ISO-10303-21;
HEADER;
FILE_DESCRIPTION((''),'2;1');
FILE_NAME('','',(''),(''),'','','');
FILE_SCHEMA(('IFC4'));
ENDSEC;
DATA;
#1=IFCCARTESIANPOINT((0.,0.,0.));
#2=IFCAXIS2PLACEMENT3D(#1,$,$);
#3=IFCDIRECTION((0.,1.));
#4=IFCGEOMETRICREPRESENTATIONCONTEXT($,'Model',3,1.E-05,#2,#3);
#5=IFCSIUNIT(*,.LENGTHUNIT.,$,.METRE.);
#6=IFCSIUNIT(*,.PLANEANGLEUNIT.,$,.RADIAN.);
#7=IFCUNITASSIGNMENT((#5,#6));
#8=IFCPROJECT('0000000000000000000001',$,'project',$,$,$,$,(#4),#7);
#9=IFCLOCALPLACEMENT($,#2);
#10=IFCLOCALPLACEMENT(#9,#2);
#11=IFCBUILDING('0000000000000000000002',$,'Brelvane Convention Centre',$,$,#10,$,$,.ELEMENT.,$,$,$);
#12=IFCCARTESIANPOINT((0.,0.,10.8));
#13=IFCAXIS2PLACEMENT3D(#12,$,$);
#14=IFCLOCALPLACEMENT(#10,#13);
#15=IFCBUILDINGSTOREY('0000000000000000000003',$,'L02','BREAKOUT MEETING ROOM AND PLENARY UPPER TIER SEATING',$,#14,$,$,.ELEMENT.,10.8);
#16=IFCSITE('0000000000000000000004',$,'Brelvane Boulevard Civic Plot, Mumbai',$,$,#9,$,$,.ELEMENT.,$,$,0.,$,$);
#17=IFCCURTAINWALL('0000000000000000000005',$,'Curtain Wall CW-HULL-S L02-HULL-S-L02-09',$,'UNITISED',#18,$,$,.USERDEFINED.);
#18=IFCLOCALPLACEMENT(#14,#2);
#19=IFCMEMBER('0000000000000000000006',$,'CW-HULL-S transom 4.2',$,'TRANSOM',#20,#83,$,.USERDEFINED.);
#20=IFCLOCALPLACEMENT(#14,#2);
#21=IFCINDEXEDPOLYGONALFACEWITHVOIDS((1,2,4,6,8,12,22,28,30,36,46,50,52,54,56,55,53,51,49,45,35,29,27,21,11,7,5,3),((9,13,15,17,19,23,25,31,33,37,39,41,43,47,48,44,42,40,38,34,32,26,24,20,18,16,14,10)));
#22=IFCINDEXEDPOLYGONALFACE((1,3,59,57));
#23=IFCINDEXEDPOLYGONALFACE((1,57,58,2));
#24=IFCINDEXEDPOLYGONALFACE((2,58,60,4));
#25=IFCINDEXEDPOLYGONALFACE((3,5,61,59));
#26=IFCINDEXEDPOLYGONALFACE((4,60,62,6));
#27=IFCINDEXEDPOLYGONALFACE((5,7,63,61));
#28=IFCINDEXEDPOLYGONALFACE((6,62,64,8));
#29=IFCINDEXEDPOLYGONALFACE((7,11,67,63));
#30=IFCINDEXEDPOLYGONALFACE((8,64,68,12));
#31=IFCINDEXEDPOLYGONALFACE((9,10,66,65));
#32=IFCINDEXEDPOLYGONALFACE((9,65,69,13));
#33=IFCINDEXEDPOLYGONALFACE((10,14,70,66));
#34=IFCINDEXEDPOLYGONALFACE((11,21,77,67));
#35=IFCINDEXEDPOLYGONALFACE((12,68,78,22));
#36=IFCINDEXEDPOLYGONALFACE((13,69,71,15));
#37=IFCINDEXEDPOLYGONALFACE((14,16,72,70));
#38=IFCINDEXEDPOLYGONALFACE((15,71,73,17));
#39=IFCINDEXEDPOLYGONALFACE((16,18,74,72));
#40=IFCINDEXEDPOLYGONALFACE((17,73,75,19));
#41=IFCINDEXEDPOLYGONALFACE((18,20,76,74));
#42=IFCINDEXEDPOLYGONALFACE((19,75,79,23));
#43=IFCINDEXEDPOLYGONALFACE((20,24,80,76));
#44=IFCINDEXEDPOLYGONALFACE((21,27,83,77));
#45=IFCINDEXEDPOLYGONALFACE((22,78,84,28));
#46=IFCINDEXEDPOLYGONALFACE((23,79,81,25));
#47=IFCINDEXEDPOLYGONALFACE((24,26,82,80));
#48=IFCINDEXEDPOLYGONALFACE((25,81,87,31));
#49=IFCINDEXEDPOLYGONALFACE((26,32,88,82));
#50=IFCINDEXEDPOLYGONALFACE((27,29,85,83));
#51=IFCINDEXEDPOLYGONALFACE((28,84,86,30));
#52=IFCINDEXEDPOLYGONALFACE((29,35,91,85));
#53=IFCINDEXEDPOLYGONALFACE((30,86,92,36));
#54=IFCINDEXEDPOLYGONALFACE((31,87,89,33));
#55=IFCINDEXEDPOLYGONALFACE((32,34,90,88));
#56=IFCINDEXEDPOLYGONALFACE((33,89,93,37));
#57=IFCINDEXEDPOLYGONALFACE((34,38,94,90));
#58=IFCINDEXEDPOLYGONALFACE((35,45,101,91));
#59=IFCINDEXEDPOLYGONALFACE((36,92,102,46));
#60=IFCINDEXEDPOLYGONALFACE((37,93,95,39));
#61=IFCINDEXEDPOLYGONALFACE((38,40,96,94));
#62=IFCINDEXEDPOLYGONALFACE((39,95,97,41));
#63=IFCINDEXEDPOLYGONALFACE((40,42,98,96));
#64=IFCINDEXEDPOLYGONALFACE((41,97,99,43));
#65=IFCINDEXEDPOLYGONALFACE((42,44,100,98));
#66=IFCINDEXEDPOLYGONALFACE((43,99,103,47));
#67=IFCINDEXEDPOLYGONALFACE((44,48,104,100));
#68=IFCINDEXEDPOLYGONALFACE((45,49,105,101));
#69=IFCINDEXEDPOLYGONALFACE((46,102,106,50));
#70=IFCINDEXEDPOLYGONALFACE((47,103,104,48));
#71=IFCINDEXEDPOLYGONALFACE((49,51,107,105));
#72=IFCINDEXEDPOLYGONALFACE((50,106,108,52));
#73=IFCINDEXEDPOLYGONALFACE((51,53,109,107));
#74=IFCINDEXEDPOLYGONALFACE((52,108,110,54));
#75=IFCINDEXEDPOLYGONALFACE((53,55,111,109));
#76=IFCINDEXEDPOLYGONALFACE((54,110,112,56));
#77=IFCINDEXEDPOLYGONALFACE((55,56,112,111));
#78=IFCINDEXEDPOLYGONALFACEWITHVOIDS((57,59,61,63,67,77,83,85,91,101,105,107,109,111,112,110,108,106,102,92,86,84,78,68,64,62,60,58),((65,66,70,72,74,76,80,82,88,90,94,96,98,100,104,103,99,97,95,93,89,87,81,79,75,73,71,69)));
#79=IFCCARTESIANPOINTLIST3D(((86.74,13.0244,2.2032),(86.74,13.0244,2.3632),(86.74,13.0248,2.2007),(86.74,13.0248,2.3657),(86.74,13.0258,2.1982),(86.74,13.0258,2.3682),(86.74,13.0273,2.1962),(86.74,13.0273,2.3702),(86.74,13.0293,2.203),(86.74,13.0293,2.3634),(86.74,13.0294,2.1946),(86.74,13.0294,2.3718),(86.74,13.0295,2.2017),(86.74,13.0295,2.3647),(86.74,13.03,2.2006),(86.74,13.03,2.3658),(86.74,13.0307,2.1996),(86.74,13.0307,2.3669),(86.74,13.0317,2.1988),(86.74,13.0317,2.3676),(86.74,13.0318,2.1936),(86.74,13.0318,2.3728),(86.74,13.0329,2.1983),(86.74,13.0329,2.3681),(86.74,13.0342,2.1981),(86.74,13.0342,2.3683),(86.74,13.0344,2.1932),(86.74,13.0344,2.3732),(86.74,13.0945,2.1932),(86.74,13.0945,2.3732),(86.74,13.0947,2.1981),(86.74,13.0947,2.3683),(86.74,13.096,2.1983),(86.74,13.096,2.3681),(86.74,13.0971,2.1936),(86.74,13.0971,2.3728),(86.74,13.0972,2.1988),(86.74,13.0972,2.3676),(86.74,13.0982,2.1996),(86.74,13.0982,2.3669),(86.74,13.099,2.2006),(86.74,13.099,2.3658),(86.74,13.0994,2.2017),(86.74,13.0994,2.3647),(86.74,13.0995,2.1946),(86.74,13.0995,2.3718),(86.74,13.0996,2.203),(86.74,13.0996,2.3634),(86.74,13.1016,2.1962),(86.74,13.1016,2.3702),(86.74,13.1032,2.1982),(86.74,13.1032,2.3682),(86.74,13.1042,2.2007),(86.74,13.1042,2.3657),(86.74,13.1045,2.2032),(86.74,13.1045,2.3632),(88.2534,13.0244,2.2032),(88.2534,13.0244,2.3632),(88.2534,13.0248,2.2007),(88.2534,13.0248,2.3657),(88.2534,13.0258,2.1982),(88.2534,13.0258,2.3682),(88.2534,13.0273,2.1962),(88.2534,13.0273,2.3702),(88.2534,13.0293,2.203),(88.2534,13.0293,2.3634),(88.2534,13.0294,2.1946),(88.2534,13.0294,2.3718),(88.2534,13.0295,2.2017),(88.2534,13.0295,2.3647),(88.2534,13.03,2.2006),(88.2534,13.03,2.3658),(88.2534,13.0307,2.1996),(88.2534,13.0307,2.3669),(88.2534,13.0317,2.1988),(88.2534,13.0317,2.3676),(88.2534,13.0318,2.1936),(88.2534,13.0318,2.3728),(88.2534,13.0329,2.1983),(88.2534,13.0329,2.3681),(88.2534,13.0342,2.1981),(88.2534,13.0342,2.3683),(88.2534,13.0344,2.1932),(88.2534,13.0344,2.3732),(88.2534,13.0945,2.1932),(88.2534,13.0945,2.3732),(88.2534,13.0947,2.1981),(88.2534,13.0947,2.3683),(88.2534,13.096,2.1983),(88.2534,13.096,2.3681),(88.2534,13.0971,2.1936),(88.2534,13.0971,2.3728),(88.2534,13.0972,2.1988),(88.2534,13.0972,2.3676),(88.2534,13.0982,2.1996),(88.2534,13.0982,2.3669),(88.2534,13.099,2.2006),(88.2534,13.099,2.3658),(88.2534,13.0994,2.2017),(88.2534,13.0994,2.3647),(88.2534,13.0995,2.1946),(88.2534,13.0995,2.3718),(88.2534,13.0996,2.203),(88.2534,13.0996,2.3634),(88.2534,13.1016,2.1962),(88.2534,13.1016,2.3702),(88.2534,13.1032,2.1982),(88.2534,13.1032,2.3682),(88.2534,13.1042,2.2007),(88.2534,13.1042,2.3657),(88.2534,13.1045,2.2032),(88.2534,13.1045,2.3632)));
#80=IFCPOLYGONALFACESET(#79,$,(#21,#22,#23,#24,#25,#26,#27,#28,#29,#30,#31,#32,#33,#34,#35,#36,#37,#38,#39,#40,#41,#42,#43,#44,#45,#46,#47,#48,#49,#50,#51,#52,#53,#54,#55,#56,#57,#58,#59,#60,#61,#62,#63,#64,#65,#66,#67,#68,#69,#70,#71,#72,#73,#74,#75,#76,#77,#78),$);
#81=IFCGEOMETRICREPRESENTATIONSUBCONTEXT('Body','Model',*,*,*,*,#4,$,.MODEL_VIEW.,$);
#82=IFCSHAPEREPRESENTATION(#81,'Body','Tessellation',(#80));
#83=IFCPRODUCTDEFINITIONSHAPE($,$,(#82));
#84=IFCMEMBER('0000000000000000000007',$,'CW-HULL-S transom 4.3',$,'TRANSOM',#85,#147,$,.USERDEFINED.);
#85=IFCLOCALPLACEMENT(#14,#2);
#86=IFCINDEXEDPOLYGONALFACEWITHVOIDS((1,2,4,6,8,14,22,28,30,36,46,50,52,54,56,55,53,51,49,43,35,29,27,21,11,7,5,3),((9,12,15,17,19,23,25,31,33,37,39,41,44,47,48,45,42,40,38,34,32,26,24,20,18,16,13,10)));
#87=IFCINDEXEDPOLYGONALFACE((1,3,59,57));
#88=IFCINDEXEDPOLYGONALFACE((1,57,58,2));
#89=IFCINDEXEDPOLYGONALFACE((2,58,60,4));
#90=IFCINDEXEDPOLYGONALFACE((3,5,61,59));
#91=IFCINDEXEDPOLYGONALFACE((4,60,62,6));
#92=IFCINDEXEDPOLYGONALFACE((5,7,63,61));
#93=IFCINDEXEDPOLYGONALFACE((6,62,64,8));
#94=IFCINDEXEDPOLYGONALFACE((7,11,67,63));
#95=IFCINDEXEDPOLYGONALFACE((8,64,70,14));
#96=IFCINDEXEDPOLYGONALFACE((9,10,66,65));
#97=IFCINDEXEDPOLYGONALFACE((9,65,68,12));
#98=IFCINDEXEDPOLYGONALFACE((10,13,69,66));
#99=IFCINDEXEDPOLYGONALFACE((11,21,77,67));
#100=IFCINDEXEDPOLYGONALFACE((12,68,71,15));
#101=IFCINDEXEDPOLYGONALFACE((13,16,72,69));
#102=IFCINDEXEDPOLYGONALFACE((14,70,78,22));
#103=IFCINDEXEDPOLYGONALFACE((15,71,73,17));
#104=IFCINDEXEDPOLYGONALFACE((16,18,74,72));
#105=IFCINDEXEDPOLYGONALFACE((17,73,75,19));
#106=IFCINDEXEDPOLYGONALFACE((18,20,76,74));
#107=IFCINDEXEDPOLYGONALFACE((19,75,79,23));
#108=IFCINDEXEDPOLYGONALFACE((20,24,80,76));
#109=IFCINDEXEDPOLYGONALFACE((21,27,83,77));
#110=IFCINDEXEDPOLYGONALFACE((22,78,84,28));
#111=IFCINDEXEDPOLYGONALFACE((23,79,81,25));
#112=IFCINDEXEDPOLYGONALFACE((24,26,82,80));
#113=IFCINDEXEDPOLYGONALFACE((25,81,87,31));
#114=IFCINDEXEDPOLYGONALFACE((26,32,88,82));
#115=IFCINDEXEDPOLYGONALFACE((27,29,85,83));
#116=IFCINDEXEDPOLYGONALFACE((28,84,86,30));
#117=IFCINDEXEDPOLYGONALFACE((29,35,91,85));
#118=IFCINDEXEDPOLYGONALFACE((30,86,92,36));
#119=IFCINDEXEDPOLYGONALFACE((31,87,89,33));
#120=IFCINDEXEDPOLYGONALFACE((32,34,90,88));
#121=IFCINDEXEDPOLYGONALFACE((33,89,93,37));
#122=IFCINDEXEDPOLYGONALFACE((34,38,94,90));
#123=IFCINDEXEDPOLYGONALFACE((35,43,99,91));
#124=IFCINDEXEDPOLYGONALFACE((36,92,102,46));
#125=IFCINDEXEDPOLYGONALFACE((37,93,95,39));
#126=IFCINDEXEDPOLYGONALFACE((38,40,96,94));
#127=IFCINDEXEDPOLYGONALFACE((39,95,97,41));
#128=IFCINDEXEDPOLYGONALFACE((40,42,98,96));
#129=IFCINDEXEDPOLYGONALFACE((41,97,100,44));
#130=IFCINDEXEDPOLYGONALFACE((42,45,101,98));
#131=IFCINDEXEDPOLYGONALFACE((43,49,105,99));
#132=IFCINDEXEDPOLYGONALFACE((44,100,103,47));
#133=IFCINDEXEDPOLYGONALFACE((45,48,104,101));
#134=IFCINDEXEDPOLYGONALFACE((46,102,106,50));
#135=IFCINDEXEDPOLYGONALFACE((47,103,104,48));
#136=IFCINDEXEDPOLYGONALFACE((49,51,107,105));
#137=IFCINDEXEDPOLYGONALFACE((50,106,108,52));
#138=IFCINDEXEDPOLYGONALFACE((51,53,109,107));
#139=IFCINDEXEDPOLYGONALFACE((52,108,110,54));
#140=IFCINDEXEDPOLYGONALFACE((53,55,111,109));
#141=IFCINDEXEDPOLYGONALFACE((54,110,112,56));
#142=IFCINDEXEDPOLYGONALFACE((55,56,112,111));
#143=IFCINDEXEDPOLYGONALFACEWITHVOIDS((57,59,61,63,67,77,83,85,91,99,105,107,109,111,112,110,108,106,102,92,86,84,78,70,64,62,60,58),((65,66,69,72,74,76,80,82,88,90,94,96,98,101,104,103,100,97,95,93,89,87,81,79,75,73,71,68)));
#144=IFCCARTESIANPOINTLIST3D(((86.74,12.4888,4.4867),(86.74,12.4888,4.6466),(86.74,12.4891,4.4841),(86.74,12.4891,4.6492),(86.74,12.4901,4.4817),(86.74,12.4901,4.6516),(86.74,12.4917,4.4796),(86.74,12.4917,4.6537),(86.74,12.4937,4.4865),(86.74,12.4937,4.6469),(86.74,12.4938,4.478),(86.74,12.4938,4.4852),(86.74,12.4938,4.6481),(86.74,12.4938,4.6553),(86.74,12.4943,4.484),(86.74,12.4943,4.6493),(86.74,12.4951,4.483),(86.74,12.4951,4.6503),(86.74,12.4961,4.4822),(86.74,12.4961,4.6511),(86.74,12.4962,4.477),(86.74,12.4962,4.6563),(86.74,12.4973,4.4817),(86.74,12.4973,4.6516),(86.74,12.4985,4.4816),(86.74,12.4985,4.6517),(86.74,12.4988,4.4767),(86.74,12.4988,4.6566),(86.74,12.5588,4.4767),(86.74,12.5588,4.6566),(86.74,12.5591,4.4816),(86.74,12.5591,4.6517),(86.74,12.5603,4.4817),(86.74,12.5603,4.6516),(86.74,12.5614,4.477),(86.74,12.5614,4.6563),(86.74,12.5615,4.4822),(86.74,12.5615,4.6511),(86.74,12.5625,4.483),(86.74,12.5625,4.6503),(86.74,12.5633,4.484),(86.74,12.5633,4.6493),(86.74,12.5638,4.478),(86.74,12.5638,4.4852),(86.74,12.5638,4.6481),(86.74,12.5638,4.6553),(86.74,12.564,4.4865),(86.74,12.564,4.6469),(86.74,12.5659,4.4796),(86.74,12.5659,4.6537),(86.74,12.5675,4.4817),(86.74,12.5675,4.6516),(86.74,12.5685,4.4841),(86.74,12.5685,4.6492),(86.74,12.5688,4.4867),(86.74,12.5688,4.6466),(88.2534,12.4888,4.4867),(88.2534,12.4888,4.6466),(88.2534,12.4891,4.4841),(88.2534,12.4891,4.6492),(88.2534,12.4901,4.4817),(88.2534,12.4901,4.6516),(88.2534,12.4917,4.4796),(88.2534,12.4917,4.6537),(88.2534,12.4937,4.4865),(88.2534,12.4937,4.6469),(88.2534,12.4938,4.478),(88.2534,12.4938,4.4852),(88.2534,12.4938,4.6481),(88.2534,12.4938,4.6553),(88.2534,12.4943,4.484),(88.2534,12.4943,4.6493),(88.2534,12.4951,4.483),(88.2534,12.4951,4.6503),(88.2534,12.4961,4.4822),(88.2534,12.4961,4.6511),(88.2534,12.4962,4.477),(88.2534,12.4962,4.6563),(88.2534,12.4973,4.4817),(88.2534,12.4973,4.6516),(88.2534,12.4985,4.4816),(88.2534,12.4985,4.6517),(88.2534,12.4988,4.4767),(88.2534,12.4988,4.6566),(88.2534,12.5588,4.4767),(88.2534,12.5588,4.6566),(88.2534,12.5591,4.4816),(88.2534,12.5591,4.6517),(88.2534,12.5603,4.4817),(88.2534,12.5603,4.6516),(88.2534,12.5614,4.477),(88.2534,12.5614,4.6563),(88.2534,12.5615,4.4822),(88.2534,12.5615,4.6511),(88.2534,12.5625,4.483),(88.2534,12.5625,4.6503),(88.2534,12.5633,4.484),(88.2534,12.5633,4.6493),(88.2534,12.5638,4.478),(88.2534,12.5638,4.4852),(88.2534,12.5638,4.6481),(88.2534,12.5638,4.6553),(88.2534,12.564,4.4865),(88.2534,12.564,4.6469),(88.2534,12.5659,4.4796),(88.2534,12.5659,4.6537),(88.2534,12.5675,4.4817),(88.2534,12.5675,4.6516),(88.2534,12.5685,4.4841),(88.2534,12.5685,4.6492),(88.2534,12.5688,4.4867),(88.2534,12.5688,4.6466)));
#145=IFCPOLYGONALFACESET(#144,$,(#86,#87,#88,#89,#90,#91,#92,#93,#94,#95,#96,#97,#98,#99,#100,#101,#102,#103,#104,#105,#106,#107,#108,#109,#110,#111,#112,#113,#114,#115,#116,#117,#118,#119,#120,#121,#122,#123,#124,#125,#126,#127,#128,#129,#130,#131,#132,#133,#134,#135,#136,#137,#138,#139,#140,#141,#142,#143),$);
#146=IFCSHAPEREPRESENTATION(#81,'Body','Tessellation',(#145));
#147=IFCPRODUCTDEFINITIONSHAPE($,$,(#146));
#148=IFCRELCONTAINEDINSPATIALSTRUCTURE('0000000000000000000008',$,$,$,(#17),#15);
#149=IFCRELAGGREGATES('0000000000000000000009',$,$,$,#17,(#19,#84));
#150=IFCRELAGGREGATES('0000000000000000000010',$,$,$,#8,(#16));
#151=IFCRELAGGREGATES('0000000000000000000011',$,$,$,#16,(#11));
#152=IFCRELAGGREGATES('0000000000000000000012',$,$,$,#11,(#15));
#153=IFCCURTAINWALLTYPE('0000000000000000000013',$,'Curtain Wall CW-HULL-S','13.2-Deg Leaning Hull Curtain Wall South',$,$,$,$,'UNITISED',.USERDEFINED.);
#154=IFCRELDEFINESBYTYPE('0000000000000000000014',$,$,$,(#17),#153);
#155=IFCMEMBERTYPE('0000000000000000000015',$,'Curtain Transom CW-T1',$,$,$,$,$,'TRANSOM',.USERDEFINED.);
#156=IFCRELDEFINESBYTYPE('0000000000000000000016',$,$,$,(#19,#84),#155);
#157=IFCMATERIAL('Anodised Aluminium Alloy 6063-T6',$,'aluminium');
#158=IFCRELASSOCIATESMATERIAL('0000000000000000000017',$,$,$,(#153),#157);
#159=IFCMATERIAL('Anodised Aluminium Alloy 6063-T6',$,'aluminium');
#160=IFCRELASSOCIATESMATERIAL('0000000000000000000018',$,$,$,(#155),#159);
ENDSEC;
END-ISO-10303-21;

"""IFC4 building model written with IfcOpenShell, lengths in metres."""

from ifc_helpers import new_model, si_unit, direction, frame, origin, origin_2d, place, context, subcontext, project, spatial, hollow_rectangle, extrude, material, material_profile, profile_set, type_object, element, aggregate, save


model = new_model("IFC4")

# Units and contexts
model_context = context("Model", 3, precision=1e-05, world=origin(), true_north=direction((0.0, 1.0)))
body_context = subcontext(model_context, "Body", "Model", "MODEL_VIEW")
ifc_project = project(units=[si_unit("LENGTHUNIT", "METRE"), si_unit("PLANEANGLEUNIT", "RADIAN")], contexts=[model_context])

# Site, building, storey
site_placement = place(None, origin())
site = spatial("IfcSite", under=ifc_project, at=site_placement, Name="Brelvane Boulevard Civic Plot, Mumbai", CompositionType="ELEMENT", RefElevation=0.0)
building_placement = place(site_placement, origin())
building = spatial("IfcBuilding", under=site, at=building_placement, Name="Brelvane Convention Centre", CompositionType="ELEMENT")
storey_placement = place(building_placement, frame((0.0, 0.0, 10.8)))
storey = spatial("IfcBuildingStorey", under=building, at=storey_placement, Name="L02", Description="BREAKOUT MEETING ROOM AND PLENARY UPPER TIER SEATING", CompositionType="ELEMENT", Elevation=10.8)

# Curtain wall, members
ifc_material_1 = material(Name="Anodised Aluminium Alloy 6063-T6", Category="aluminium")
curtain_wall_type = type_object("IfcCurtainWallType", Name="Curtain Wall CW-HULL-S", Description="13.2-Deg Leaning Hull Curtain Wall South", ElementType="UNITISED", PredefinedType="USERDEFINED", material=ifc_material_1)
curtain_wall_1_placement = place(storey_placement, origin())
curtain_wall_1 = element("IfcCurtainWall", 1, at=curtain_wall_1_placement, inside=storey, type_object=curtain_wall_type, Name="Curtain Wall CW-HULL-S L02-HULL-S-L02-09", ObjectType="UNITISED", PredefinedType="USERDEFINED")
ifc_material_2 = material(Name="Anodised Aluminium Alloy 6063-T6", Category="aluminium")
ifc_material_profile = material_profile(ifc_material_2, hollow_rectangle(XDim=0.0801, YDim=0.1799, WallThickness=0.0049, InnerFilletRadius=0.0049, OuterFilletRadius=0.01, at=origin_2d()), Name="ALU-T 180x80x5.0")
ifc_profile_set = profile_set([ifc_material_profile], Name="Anodised Aluminium Alloy 6063-T6")
member_type = type_object("IfcMemberType", Name="Curtain Transom CW-T1", ElementType="TRANSOM", PredefinedType="USERDEFINED", material=ifc_profile_set)
member_1_placement = place(storey_placement, frame((86.74, 13.0645, 2.2832), z_axis=(1.0, 0.0, 0.0), x_axis=(0.0, 1.0, 0.0)))
member_1 = element("IfcMember", 2, at=member_1_placement, type_object=member_type, Name="CW-HULL-S transom 4.2", ObjectType="TRANSOM", PredefinedType="USERDEFINED", context=body_context, shape_type="SweptSolid", body=[
    extrude(hollow_rectangle(XDim=0.0801, YDim=0.1799, WallThickness=0.0049, InnerFilletRadius=0.0049, OuterFilletRadius=0.01, at=origin_2d()), origin(), (0.0, 0.0, 1.0), 1.5134),
])
member_2_placement = place(storey_placement, frame((86.74, 12.5288, 4.5667), z_axis=(1.0, 0.0, 0.0), x_axis=(0.0, 1.0, 0.0)))
member_2 = element("IfcMember", 3, at=member_2_placement, type_object=member_type, Name="CW-HULL-S transom 4.3", ObjectType="TRANSOM", PredefinedType="USERDEFINED", context=body_context, shape_type="SweptSolid", body=[
    extrude(hollow_rectangle(XDim=0.0801, YDim=0.1799, WallThickness=0.0049, InnerFilletRadius=0.0049, OuterFilletRadius=0.01, at=origin_2d()), origin(), (0.0, 0.0, 1.0), 1.5134),
])

aggregate(curtain_wall_1, [member_1, member_2])

save(model, "model.ifc")
